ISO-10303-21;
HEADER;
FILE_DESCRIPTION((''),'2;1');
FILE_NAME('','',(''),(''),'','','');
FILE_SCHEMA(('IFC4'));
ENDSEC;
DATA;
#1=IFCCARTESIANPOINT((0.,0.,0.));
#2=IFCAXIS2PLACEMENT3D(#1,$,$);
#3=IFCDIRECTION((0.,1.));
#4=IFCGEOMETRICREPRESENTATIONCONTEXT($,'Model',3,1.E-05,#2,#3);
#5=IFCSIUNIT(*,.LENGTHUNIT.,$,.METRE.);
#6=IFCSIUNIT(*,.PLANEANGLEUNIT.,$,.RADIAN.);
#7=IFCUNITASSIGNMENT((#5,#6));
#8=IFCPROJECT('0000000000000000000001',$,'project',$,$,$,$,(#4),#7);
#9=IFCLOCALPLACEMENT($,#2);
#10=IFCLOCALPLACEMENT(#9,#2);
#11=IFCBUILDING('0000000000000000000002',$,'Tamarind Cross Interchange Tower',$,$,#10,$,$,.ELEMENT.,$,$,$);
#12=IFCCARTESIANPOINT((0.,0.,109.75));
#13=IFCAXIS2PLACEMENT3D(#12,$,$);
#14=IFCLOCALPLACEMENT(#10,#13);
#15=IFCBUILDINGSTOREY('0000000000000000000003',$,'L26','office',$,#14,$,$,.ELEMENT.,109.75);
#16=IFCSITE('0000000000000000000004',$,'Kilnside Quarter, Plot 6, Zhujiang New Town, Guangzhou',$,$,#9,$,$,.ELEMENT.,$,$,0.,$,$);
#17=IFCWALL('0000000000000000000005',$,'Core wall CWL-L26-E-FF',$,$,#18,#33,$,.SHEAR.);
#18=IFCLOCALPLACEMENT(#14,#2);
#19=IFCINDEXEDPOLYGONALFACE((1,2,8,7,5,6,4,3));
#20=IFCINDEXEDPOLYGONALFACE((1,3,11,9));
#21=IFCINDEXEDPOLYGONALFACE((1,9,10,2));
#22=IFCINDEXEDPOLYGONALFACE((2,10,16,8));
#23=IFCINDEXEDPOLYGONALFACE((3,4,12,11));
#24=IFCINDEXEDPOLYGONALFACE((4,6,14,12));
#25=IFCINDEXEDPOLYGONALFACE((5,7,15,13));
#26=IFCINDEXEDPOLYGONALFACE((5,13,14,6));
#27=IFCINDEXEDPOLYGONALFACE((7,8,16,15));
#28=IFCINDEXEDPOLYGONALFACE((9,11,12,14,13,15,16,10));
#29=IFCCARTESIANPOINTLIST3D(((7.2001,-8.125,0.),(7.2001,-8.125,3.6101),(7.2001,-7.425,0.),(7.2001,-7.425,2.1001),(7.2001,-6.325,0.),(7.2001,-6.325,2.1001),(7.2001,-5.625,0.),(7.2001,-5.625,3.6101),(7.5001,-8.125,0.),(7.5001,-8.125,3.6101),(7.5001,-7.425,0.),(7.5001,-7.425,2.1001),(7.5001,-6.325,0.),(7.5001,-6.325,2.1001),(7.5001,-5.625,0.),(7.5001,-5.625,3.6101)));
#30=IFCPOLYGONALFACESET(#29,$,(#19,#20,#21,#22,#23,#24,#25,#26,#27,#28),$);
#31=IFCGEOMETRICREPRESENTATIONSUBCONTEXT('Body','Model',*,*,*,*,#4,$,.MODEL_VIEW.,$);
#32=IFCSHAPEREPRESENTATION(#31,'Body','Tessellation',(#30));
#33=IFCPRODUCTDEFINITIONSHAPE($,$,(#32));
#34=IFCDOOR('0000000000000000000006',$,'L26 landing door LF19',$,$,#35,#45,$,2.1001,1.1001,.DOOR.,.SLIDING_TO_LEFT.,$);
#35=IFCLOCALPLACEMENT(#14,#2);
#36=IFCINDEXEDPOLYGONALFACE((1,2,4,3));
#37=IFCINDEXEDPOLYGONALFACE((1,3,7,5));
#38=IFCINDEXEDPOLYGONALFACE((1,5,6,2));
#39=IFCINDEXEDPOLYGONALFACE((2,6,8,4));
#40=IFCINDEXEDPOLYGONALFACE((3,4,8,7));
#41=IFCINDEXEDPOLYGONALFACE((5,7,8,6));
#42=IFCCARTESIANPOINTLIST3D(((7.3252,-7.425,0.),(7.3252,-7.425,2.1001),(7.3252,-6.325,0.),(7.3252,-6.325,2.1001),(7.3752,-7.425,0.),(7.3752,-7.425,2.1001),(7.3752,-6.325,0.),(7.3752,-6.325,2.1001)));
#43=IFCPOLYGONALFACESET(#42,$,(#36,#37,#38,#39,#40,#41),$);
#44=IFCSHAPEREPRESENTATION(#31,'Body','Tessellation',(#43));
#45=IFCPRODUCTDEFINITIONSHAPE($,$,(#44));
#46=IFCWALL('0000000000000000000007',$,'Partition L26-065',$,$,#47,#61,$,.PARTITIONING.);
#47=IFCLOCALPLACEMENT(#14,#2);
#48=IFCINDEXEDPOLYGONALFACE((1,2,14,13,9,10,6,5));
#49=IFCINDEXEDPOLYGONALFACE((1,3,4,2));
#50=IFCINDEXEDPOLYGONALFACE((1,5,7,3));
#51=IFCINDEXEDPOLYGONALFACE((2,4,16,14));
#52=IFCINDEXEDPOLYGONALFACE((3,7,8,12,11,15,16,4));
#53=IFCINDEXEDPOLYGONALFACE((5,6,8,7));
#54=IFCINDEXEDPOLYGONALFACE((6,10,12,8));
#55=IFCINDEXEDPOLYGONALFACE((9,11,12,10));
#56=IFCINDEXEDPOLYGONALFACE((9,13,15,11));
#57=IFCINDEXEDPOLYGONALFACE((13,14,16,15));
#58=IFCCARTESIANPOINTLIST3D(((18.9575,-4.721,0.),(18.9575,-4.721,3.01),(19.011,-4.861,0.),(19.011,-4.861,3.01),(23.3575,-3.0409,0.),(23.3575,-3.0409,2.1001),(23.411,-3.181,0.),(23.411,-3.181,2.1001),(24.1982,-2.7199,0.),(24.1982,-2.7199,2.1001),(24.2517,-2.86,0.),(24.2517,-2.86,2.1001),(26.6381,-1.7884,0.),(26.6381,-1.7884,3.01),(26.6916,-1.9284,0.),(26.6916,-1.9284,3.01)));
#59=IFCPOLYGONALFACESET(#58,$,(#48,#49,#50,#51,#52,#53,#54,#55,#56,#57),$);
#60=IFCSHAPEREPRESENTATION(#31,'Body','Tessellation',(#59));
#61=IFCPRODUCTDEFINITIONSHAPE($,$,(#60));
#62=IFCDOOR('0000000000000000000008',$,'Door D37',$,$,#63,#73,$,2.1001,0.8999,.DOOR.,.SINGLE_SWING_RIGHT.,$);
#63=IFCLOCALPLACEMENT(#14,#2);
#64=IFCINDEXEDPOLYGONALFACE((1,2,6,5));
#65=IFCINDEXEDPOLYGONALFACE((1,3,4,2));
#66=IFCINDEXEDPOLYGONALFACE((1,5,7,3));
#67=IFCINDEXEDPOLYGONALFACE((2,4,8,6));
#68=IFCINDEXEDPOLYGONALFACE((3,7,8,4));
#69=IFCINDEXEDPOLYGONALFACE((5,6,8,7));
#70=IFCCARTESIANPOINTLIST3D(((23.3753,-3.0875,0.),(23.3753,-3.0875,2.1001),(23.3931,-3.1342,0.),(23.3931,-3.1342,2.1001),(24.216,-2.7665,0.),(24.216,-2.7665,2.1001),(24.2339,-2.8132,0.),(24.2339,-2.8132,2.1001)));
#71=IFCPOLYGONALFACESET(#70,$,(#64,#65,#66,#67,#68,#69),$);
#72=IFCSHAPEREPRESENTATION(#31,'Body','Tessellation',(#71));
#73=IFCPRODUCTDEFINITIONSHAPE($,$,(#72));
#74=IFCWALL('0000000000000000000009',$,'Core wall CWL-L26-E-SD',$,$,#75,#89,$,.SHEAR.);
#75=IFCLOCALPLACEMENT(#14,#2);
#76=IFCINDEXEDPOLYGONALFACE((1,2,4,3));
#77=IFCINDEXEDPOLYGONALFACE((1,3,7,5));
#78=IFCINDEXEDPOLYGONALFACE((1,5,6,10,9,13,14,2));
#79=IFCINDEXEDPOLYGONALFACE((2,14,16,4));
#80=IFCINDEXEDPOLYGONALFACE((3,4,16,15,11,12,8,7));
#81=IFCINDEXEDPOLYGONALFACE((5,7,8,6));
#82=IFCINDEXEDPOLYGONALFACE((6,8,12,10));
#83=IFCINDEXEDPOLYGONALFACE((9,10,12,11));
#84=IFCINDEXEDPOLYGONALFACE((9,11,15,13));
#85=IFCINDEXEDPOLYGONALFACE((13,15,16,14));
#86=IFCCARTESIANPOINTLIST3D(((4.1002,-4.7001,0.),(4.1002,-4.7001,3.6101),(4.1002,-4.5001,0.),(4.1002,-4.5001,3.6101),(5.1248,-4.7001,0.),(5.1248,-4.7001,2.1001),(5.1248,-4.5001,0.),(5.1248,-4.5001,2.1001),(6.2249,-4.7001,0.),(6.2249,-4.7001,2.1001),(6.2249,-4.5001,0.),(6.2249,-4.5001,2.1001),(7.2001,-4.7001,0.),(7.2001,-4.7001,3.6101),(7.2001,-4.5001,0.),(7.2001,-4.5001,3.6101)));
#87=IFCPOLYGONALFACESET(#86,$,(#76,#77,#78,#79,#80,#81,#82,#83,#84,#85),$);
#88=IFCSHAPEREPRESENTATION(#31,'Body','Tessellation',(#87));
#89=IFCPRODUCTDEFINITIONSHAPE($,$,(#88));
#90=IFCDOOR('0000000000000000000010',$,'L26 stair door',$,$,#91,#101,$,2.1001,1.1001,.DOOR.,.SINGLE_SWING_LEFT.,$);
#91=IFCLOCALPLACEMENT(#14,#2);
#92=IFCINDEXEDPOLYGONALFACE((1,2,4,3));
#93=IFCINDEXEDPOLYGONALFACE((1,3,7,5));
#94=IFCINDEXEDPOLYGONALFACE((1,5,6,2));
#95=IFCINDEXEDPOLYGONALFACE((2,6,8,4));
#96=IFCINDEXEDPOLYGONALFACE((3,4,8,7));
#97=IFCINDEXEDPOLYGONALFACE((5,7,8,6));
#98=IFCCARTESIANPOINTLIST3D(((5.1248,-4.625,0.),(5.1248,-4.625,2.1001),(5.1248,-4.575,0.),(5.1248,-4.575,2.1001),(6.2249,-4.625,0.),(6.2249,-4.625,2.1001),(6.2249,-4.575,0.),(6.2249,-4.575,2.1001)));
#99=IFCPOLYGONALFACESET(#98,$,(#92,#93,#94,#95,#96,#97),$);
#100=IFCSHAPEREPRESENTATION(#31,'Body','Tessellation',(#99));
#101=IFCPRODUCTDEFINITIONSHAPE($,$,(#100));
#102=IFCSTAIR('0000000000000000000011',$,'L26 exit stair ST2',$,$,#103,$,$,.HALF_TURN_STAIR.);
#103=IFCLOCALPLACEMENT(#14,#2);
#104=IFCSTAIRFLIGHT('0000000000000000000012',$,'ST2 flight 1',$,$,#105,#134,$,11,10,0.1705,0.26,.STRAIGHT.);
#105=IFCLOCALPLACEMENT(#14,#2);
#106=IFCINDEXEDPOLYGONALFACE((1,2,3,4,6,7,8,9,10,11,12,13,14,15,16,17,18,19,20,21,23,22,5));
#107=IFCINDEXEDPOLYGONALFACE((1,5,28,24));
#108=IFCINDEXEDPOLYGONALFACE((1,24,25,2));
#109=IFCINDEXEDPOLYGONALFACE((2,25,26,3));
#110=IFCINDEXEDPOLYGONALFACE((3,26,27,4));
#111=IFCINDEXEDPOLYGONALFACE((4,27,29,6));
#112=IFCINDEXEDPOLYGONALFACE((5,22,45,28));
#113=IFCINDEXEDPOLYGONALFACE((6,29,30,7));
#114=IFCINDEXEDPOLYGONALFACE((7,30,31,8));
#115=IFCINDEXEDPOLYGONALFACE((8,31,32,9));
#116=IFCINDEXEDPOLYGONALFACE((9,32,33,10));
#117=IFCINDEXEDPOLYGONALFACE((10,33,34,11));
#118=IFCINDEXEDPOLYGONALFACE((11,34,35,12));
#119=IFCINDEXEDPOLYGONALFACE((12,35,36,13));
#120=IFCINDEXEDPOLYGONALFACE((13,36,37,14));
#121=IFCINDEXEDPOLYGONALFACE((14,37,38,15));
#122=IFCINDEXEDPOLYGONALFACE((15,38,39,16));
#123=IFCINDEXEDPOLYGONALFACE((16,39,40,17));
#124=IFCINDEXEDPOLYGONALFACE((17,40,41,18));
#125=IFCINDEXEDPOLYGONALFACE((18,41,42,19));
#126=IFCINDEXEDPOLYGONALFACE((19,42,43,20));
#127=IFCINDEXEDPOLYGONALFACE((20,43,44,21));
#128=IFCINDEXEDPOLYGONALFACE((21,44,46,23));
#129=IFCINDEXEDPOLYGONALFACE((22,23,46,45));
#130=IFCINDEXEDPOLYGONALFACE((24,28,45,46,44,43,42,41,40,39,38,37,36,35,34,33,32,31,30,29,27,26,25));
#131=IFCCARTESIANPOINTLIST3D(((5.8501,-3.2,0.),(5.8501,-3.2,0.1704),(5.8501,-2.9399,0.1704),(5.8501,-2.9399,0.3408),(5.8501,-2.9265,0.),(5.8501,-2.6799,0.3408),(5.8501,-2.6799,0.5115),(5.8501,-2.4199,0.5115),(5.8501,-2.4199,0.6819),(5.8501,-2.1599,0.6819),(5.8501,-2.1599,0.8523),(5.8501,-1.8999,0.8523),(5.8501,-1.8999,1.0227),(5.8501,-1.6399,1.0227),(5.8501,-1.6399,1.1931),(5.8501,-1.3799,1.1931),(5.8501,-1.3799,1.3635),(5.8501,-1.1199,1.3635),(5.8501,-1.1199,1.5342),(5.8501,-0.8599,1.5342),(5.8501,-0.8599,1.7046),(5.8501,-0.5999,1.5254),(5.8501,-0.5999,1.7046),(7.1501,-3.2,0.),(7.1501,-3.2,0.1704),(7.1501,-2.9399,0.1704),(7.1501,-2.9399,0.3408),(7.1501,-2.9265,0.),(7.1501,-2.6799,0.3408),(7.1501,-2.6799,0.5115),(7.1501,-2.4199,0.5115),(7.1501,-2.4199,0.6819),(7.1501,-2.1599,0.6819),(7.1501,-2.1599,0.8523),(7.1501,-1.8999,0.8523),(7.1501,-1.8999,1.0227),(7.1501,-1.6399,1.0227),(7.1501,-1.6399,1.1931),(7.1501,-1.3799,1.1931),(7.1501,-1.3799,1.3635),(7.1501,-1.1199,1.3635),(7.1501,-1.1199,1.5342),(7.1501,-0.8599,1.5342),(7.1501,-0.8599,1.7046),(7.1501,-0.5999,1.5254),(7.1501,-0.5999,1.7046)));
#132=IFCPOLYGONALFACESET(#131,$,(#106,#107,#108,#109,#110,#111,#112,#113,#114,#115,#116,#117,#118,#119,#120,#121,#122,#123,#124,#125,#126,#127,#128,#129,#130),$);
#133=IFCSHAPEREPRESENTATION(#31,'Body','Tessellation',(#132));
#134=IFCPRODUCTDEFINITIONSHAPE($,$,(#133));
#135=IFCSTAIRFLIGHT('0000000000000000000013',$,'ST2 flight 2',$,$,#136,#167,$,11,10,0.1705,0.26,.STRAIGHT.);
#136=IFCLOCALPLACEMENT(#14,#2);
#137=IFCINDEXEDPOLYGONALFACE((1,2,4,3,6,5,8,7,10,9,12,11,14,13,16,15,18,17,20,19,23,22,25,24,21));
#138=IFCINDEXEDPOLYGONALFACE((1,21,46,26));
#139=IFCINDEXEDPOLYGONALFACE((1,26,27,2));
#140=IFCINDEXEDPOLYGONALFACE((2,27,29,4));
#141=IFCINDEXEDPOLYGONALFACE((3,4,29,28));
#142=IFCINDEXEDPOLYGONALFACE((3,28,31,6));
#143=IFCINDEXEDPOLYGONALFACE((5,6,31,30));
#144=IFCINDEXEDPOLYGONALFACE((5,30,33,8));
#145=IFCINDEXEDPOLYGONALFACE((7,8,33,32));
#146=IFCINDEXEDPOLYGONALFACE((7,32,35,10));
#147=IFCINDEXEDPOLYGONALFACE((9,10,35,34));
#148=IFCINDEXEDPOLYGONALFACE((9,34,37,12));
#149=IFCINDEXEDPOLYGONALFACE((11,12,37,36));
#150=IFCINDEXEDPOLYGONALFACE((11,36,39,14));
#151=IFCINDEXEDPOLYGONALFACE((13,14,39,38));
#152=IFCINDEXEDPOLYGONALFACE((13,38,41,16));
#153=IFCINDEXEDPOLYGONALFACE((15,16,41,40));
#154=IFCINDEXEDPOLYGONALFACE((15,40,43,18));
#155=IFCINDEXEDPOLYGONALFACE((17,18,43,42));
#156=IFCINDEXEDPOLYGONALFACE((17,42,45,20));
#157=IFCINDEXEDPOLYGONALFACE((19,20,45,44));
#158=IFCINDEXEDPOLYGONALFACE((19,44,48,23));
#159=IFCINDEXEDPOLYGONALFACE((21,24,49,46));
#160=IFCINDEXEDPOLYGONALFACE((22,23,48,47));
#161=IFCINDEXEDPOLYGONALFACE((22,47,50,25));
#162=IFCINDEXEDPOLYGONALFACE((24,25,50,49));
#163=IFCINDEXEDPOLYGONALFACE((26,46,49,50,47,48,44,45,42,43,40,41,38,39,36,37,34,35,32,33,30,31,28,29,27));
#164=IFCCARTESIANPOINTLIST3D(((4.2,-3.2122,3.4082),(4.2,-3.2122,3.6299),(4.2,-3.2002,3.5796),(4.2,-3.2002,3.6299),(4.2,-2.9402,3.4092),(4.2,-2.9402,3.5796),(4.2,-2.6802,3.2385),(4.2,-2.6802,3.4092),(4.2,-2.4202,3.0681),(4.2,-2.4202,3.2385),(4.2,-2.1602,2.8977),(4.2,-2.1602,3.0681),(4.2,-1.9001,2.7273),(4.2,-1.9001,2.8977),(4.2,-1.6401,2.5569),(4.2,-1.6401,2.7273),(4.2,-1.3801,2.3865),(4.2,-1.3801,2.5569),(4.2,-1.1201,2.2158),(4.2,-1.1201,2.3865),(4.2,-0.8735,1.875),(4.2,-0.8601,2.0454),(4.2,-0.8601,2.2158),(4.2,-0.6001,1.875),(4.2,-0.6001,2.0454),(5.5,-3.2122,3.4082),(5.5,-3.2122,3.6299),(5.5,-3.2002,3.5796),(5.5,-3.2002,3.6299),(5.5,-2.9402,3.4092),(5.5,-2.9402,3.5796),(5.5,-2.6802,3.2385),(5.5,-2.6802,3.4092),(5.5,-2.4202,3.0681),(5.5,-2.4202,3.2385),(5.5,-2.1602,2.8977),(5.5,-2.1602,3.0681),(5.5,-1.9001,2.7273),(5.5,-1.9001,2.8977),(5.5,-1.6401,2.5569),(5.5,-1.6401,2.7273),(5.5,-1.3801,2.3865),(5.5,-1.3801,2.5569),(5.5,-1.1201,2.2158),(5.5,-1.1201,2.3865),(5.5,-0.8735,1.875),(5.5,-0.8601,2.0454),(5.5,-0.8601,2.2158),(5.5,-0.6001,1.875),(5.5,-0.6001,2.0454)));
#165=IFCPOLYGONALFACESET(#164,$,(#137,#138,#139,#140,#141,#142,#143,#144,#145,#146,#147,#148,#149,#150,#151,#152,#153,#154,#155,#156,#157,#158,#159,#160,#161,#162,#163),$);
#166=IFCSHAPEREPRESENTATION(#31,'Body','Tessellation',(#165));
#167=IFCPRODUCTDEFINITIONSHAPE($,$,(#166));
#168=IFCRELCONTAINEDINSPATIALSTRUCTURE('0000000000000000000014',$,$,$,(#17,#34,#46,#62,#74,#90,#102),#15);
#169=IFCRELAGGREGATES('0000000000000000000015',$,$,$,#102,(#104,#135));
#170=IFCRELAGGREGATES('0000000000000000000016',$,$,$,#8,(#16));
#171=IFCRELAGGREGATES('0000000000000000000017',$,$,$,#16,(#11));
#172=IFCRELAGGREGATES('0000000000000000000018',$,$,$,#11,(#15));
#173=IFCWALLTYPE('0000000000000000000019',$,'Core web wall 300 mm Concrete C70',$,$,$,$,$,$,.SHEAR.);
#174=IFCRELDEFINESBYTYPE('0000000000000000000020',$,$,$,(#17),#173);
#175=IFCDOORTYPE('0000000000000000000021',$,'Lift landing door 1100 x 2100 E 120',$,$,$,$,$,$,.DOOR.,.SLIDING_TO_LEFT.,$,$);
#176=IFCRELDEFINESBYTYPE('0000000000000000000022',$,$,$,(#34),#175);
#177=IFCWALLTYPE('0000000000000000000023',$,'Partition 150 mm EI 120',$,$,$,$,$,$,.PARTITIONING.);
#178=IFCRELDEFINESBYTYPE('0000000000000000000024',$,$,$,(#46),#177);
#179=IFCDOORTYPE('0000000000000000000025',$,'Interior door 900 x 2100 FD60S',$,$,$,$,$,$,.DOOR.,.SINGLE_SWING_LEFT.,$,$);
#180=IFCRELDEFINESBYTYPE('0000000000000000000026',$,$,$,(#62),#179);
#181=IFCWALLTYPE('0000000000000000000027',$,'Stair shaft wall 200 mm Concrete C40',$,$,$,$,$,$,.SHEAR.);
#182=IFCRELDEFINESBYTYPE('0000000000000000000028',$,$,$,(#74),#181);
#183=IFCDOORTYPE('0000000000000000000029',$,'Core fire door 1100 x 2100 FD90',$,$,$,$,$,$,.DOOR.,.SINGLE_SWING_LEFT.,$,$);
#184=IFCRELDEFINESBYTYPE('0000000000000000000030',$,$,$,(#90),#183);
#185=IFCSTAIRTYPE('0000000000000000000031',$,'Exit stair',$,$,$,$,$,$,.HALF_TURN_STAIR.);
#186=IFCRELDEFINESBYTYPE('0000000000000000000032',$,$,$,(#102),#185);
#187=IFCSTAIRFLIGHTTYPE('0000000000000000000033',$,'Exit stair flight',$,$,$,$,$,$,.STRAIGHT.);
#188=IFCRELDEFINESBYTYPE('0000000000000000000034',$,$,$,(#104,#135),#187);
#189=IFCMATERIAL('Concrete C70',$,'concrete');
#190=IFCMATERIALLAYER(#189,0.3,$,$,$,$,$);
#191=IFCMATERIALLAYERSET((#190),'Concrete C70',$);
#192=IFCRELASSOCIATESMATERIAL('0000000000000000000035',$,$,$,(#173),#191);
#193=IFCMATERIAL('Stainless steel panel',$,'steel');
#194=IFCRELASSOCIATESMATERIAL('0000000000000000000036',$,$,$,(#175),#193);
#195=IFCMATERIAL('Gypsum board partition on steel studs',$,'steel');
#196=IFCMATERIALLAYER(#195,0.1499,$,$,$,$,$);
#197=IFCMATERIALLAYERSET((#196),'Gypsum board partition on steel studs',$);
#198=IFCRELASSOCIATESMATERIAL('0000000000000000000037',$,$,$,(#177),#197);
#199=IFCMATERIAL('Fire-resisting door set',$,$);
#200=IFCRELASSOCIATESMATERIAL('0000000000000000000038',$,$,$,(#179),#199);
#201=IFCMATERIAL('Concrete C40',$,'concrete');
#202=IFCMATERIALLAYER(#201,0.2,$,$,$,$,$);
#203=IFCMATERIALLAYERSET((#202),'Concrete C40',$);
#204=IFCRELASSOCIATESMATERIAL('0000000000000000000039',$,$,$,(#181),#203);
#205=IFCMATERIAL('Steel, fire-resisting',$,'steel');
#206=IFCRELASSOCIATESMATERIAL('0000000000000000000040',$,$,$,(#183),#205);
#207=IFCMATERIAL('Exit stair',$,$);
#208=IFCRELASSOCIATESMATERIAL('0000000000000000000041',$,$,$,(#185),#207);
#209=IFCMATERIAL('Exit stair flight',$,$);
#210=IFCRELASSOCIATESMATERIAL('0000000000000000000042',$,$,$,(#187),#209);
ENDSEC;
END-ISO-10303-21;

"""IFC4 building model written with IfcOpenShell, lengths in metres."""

from ifc_helpers import new_model, si_unit, direction, frame, frame_2d, origin, place, context, subcontext, project, spatial, polyline, rectangle, outline, extrude, material, layer, layer_set, type_object, element, fill, aggregate, save


model = new_model("IFC4")

# Units and contexts
model_context = context("Model", 3, precision=1e-05, world=origin(), true_north=direction((0.0, 1.0)))
body_context = subcontext(model_context, "Body", "Model", "MODEL_VIEW")
ifc_project = project(units=[si_unit("LENGTHUNIT", "METRE"), si_unit("PLANEANGLEUNIT", "RADIAN")], contexts=[model_context])

# Site, building, storey
site_placement = place(None, origin())
site = spatial("IfcSite", under=ifc_project, at=site_placement, Name="Kilnside Quarter, Plot 6, Zhujiang New Town, Guangzhou", CompositionType="ELEMENT", RefElevation=0.0)
building_placement = place(site_placement, origin())
building = spatial("IfcBuilding", under=site, at=building_placement, Name="Tamarind Cross Interchange Tower", CompositionType="ELEMENT")
storey_placement = place(building_placement, frame((0.0, 0.0, 109.75)))
storey = spatial("IfcBuildingStorey", under=building, at=storey_placement, Name="L26", Description="office", CompositionType="ELEMENT", Elevation=109.75)

# Shared definitions
ifc_material_1 = material(Name="Concrete C70", Category="concrete")
ifc_layer_1 = layer(ifc_material_1, 0.3)
ifc_layer_set_1 = layer_set([ifc_layer_1], Name="Concrete C70")
wall_type_1 = type_object("IfcWallType", Name="Core web wall 300 mm Concrete C70", PredefinedType="SHEAR", material=ifc_layer_set_1)
ifc_material_2 = material(Name="Stainless steel panel", Category="steel")
door_type_1 = type_object("IfcDoorType", Name="Lift landing door 1100 x 2100 E 120", OperationType="SLIDING_TO_LEFT", PredefinedType="DOOR", material=ifc_material_2)

# Walls, openings, doors
wall_1_placement = place(storey_placement, frame((7.3501, -8.125, 0.0), z_axis=(0.0, 0.0, 1.0), x_axis=(0.0, 1.0, 0.0)))
wall_1 = element("IfcWall", 1, at=wall_1_placement, inside=storey, type_object=wall_type_1, Name="Core wall CWL-L26-E-FF", PredefinedType="SHEAR", context=body_context, shape_type="SweptSolid", body=[
    extrude(rectangle(XDim=2.5, YDim=0.3, at=frame_2d((1.25, 0.0))), origin(), (0.0, 0.0, 1.0), 3.6101),
])
opening_1_placement = place(wall_1_placement, frame((0.7, 0.0, 0.0)))
opening_1 = element("IfcOpeningElement", 2, at=opening_1_placement, cuts=wall_1, PredefinedType="OPENING", context=body_context, shape_type="SweptSolid", body=[
    extrude(rectangle(XDim=1.1001, YDim=2.1001, at=frame_2d((0.55, 1.05))), frame((0.0, 0.1599, 0.0), z_axis=(0.0, -1.0, 0.0), x_axis=(1.0, 0.0, 0.0)), (0.0, 0.0, 1.0), 0.3201),
])
door_1_placement = place(opening_1_placement, origin())
door_1 = element("IfcDoor", 3, at=door_1_placement, inside=storey, type_object=door_type_1, Name="L26 landing door LF19", OperationType="SLIDING_TO_LEFT", OverallHeight=2.1001, OverallWidth=1.1001, PredefinedType="DOOR", context=body_context, shape_type="SweptSolid", body=[
    extrude(rectangle(XDim=1.1001, YDim=2.1001, at=frame_2d((0.55, 1.05))), frame((0.0, 0.0249, 0.0), z_axis=(0.0, -1.0, 0.0), x_axis=(1.0, 0.0, 0.0)), (0.0, 0.0, 1.0), 0.05),
])
fill(opening_1, door_1)
ifc_material_3 = material(Name="Gypsum board partition on steel studs", Category="steel")
ifc_layer_2 = layer(ifc_material_3, 0.1499)
ifc_layer_set_2 = layer_set([ifc_layer_2], Name="Gypsum board partition on steel studs")
wall_type_2 = type_object("IfcWallType", Name="Partition 150 mm EI 120", PredefinedType="PARTITIONING", material=ifc_layer_set_2)
wall_2_placement = place(storey_placement, frame((18.9841, -4.791, 0.0), z_axis=(0.0, 0.0, 1.0), x_axis=(0.934218, 0.356702, 0.0)))
wall_2 = element("IfcWall", 4, at=wall_2_placement, inside=storey, type_object=wall_type_2, Name="Partition L26-065", PredefinedType="PARTITIONING", context=body_context, shape_type="SweptSolid", body=[
    extrude(rectangle(XDim=8.2214, YDim=0.1499, at=frame_2d((4.1108, 0.0))), origin(), (0.0, 0.0, 1.0), 3.01),
])
opening_2_placement = place(wall_2_placement, frame((4.71, 0.0, 0.0)))
opening_2 = element("IfcOpeningElement", 5, at=opening_2_placement, cuts=wall_2, PredefinedType="OPENING", context=body_context, shape_type="SweptSolid", body=[
    extrude(rectangle(XDim=0.8999, YDim=2.1001, at=frame_2d((0.45, 1.05))), frame((0.0, 0.085, 0.0), z_axis=(0.0, -1.0, 0.0), x_axis=(1.0, 0.0, 0.0)), (0.0, 0.0, 1.0), 0.1699),
])
ifc_material_4 = material(Name="Fire-resisting door set")
door_type_2 = type_object("IfcDoorType", Name="Interior door 900 x 2100 FD60S", OperationType="SINGLE_SWING_LEFT", PredefinedType="DOOR", material=ifc_material_4)
door_2_placement = place(opening_2_placement, frame((0.8999, 0.0, 0.0), z_axis=(0.0, 0.0, 1.0), x_axis=(-1.0, 0.0, 0.0)))
door_2 = element("IfcDoor", 6, at=door_2_placement, inside=storey, type_object=door_type_2, Name="Door D37", OperationType="SINGLE_SWING_RIGHT", OverallHeight=2.1001, OverallWidth=0.8999, PredefinedType="DOOR", context=body_context, shape_type="SweptSolid", body=[
    extrude(rectangle(XDim=0.8999, YDim=2.1001, at=frame_2d((0.45, 1.05))), frame((0.0, 0.0249, 0.0), z_axis=(0.0, -1.0, 0.0), x_axis=(1.0, 0.0, 0.0)), (0.0, 0.0, 1.0), 0.05),
])
fill(opening_2, door_2)
ifc_material_5 = material(Name="Concrete C40", Category="concrete")
ifc_layer_3 = layer(ifc_material_5, 0.2)
ifc_layer_set_3 = layer_set([ifc_layer_3], Name="Concrete C40")
wall_type_3 = type_object("IfcWallType", Name="Stair shaft wall 200 mm Concrete C40", PredefinedType="SHEAR", material=ifc_layer_set_3)
wall_3_placement = place(storey_placement, frame((7.2, -4.6001, 0.0), z_axis=(0.0, 0.0, 1.0), x_axis=(-1.0, 0.0, 0.0)))
wall_3 = element("IfcWall", 7, at=wall_3_placement, inside=storey, type_object=wall_type_3, Name="Core wall CWL-L26-E-SD", PredefinedType="SHEAR", context=body_context, shape_type="SweptSolid", body=[
    extrude(rectangle(XDim=3.0999, YDim=0.2, at=frame_2d((1.5498, 0.0))), origin(), (0.0, 0.0, 1.0), 3.6101),
])
opening_3_placement = place(wall_3_placement, frame((0.9751, 0.0, 0.0)))
opening_3 = element("IfcOpeningElement", 8, at=opening_3_placement, cuts=wall_3, PredefinedType="OPENING", context=body_context, shape_type="SweptSolid", body=[
    extrude(rectangle(XDim=1.1001, YDim=2.1001, at=frame_2d((0.55, 1.05))), frame((0.0, 0.1099, 0.0), z_axis=(0.0, -1.0, 0.0), x_axis=(1.0, 0.0, 0.0)), (0.0, 0.0, 1.0), 0.22),
])
ifc_material_6 = material(Name="Steel, fire-resisting", Category="steel")
door_type_3 = type_object("IfcDoorType", Name="Core fire door 1100 x 2100 FD90", OperationType="SINGLE_SWING_LEFT", PredefinedType="DOOR", material=ifc_material_6)
door_3_placement = place(opening_3_placement, origin())
door_3 = element("IfcDoor", 9, at=door_3_placement, inside=storey, type_object=door_type_3, Name="L26 stair door", OperationType="SINGLE_SWING_LEFT", OverallHeight=2.1001, OverallWidth=1.1001, PredefinedType="DOOR", context=body_context, shape_type="SweptSolid", body=[
    extrude(rectangle(XDim=1.1001, YDim=2.1001, at=frame_2d((0.55, 1.05))), frame((0.0, 0.0249, 0.0), z_axis=(0.0, -1.0, 0.0), x_axis=(1.0, 0.0, 0.0)), (0.0, 0.0, 1.0), 0.05),
])
fill(opening_3, door_3)

# Stair, stair flights
ifc_material_7 = material(Name="Exit stair")
stair_type = type_object("IfcStairType", Name="Exit stair", PredefinedType="HALF_TURN_STAIR", material=ifc_material_7)
stair_placement = place(storey_placement, origin())
stair = element("IfcStair", 10, at=stair_placement, inside=storey, type_object=stair_type, Name="L26 exit stair ST2", PredefinedType="HALF_TURN_STAIR")
ifc_material_8 = material(Name="Exit stair flight")
stair_flight_type = type_object("IfcStairFlightType", Name="Exit stair flight", PredefinedType="STRAIGHT", material=ifc_material_8)
stair_flight_1_placement = place(storey_placement, frame((6.5, -3.2, 0.0), z_axis=(0.0, 0.0, 1.0), x_axis=(0.0, 1.0, 0.0)))
stair_flight_1 = element("IfcStairFlight", 11, at=stair_flight_1_placement, type_object=stair_flight_type, Name="ST2 flight 1", NumberOfRisers=11, NumberOfTreads=10, PredefinedType="STRAIGHT", RiserHeight=0.1705, TreadLength=0.26, context=body_context, shape_type="SweptSolid", body=[
    extrude(outline(polyline([(0.0, 0.0), (0.0, 0.1704), (0.26, 0.1704), (0.26, 0.3408), (0.52, 0.3408), (0.52, 0.5115), (0.78, 0.5115), (0.78, 0.6819), (1.04, 0.6819), (1.04, 0.8523), (1.3, 0.8523), (1.3, 1.0227), (1.5601, 1.0227), (1.5601, 1.1931), (1.8201, 1.1931), (1.8201, 1.3635), (2.0801, 1.3635), (2.0801, 1.5342), (2.3401, 1.5342), (2.3401, 1.7046), (2.6001, 1.7046), (2.6001, 1.875), (2.6001, 1.5254), (0.2734, 0.0), (0.0, 0.0)])), frame((0.0, 0.6499, 0.0), z_axis=(0.0, -1.0, 0.0), x_axis=(1.0, 0.0, 0.0)), (0.0, 0.0, 1.0), 1.3),
])
stair_flight_2_placement = place(storey_placement, frame((4.8501, -0.6001, 1.875), z_axis=(0.0, 0.0, 1.0), x_axis=(0.0, -1.0, 0.0)))
stair_flight_2 = element("IfcStairFlight", 12, at=stair_flight_2_placement, type_object=stair_flight_type, Name="ST2 flight 2", NumberOfRisers=11, NumberOfTreads=10, PredefinedType="STRAIGHT", RiserHeight=0.1705, TreadLength=0.26, context=body_context, shape_type="SweptSolid", body=[
    extrude(outline(polyline([(0.0, 0.0), (0.0, 0.1704), (0.26, 0.1704), (0.26, 0.3408), (0.52, 0.3408), (0.52, 0.5115), (0.78, 0.5115), (0.78, 0.6819), (1.04, 0.6819), (1.04, 0.8523), (1.3, 0.8523), (1.3, 1.0227), (1.5601, 1.0227), (1.5601, 1.1931), (1.8201, 1.1931), (1.8201, 1.3635), (2.0801, 1.3635), (2.0801, 1.5342), (2.3401, 1.5342), (2.3401, 1.7046), (2.6001, 1.7046), (2.6001, 1.7549), (2.6121, 1.7549), (2.6121, 1.5332), (0.2734, 0.0), (0.0, 0.0)])), frame((0.0, 0.6499, 0.0), z_axis=(0.0, -1.0, 0.0), x_axis=(1.0, 0.0, 0.0)), (0.0, 0.0, 1.0), 1.3),
])
aggregate(stair, [stair_flight_1, stair_flight_2])

save(model, "model.ifc")
